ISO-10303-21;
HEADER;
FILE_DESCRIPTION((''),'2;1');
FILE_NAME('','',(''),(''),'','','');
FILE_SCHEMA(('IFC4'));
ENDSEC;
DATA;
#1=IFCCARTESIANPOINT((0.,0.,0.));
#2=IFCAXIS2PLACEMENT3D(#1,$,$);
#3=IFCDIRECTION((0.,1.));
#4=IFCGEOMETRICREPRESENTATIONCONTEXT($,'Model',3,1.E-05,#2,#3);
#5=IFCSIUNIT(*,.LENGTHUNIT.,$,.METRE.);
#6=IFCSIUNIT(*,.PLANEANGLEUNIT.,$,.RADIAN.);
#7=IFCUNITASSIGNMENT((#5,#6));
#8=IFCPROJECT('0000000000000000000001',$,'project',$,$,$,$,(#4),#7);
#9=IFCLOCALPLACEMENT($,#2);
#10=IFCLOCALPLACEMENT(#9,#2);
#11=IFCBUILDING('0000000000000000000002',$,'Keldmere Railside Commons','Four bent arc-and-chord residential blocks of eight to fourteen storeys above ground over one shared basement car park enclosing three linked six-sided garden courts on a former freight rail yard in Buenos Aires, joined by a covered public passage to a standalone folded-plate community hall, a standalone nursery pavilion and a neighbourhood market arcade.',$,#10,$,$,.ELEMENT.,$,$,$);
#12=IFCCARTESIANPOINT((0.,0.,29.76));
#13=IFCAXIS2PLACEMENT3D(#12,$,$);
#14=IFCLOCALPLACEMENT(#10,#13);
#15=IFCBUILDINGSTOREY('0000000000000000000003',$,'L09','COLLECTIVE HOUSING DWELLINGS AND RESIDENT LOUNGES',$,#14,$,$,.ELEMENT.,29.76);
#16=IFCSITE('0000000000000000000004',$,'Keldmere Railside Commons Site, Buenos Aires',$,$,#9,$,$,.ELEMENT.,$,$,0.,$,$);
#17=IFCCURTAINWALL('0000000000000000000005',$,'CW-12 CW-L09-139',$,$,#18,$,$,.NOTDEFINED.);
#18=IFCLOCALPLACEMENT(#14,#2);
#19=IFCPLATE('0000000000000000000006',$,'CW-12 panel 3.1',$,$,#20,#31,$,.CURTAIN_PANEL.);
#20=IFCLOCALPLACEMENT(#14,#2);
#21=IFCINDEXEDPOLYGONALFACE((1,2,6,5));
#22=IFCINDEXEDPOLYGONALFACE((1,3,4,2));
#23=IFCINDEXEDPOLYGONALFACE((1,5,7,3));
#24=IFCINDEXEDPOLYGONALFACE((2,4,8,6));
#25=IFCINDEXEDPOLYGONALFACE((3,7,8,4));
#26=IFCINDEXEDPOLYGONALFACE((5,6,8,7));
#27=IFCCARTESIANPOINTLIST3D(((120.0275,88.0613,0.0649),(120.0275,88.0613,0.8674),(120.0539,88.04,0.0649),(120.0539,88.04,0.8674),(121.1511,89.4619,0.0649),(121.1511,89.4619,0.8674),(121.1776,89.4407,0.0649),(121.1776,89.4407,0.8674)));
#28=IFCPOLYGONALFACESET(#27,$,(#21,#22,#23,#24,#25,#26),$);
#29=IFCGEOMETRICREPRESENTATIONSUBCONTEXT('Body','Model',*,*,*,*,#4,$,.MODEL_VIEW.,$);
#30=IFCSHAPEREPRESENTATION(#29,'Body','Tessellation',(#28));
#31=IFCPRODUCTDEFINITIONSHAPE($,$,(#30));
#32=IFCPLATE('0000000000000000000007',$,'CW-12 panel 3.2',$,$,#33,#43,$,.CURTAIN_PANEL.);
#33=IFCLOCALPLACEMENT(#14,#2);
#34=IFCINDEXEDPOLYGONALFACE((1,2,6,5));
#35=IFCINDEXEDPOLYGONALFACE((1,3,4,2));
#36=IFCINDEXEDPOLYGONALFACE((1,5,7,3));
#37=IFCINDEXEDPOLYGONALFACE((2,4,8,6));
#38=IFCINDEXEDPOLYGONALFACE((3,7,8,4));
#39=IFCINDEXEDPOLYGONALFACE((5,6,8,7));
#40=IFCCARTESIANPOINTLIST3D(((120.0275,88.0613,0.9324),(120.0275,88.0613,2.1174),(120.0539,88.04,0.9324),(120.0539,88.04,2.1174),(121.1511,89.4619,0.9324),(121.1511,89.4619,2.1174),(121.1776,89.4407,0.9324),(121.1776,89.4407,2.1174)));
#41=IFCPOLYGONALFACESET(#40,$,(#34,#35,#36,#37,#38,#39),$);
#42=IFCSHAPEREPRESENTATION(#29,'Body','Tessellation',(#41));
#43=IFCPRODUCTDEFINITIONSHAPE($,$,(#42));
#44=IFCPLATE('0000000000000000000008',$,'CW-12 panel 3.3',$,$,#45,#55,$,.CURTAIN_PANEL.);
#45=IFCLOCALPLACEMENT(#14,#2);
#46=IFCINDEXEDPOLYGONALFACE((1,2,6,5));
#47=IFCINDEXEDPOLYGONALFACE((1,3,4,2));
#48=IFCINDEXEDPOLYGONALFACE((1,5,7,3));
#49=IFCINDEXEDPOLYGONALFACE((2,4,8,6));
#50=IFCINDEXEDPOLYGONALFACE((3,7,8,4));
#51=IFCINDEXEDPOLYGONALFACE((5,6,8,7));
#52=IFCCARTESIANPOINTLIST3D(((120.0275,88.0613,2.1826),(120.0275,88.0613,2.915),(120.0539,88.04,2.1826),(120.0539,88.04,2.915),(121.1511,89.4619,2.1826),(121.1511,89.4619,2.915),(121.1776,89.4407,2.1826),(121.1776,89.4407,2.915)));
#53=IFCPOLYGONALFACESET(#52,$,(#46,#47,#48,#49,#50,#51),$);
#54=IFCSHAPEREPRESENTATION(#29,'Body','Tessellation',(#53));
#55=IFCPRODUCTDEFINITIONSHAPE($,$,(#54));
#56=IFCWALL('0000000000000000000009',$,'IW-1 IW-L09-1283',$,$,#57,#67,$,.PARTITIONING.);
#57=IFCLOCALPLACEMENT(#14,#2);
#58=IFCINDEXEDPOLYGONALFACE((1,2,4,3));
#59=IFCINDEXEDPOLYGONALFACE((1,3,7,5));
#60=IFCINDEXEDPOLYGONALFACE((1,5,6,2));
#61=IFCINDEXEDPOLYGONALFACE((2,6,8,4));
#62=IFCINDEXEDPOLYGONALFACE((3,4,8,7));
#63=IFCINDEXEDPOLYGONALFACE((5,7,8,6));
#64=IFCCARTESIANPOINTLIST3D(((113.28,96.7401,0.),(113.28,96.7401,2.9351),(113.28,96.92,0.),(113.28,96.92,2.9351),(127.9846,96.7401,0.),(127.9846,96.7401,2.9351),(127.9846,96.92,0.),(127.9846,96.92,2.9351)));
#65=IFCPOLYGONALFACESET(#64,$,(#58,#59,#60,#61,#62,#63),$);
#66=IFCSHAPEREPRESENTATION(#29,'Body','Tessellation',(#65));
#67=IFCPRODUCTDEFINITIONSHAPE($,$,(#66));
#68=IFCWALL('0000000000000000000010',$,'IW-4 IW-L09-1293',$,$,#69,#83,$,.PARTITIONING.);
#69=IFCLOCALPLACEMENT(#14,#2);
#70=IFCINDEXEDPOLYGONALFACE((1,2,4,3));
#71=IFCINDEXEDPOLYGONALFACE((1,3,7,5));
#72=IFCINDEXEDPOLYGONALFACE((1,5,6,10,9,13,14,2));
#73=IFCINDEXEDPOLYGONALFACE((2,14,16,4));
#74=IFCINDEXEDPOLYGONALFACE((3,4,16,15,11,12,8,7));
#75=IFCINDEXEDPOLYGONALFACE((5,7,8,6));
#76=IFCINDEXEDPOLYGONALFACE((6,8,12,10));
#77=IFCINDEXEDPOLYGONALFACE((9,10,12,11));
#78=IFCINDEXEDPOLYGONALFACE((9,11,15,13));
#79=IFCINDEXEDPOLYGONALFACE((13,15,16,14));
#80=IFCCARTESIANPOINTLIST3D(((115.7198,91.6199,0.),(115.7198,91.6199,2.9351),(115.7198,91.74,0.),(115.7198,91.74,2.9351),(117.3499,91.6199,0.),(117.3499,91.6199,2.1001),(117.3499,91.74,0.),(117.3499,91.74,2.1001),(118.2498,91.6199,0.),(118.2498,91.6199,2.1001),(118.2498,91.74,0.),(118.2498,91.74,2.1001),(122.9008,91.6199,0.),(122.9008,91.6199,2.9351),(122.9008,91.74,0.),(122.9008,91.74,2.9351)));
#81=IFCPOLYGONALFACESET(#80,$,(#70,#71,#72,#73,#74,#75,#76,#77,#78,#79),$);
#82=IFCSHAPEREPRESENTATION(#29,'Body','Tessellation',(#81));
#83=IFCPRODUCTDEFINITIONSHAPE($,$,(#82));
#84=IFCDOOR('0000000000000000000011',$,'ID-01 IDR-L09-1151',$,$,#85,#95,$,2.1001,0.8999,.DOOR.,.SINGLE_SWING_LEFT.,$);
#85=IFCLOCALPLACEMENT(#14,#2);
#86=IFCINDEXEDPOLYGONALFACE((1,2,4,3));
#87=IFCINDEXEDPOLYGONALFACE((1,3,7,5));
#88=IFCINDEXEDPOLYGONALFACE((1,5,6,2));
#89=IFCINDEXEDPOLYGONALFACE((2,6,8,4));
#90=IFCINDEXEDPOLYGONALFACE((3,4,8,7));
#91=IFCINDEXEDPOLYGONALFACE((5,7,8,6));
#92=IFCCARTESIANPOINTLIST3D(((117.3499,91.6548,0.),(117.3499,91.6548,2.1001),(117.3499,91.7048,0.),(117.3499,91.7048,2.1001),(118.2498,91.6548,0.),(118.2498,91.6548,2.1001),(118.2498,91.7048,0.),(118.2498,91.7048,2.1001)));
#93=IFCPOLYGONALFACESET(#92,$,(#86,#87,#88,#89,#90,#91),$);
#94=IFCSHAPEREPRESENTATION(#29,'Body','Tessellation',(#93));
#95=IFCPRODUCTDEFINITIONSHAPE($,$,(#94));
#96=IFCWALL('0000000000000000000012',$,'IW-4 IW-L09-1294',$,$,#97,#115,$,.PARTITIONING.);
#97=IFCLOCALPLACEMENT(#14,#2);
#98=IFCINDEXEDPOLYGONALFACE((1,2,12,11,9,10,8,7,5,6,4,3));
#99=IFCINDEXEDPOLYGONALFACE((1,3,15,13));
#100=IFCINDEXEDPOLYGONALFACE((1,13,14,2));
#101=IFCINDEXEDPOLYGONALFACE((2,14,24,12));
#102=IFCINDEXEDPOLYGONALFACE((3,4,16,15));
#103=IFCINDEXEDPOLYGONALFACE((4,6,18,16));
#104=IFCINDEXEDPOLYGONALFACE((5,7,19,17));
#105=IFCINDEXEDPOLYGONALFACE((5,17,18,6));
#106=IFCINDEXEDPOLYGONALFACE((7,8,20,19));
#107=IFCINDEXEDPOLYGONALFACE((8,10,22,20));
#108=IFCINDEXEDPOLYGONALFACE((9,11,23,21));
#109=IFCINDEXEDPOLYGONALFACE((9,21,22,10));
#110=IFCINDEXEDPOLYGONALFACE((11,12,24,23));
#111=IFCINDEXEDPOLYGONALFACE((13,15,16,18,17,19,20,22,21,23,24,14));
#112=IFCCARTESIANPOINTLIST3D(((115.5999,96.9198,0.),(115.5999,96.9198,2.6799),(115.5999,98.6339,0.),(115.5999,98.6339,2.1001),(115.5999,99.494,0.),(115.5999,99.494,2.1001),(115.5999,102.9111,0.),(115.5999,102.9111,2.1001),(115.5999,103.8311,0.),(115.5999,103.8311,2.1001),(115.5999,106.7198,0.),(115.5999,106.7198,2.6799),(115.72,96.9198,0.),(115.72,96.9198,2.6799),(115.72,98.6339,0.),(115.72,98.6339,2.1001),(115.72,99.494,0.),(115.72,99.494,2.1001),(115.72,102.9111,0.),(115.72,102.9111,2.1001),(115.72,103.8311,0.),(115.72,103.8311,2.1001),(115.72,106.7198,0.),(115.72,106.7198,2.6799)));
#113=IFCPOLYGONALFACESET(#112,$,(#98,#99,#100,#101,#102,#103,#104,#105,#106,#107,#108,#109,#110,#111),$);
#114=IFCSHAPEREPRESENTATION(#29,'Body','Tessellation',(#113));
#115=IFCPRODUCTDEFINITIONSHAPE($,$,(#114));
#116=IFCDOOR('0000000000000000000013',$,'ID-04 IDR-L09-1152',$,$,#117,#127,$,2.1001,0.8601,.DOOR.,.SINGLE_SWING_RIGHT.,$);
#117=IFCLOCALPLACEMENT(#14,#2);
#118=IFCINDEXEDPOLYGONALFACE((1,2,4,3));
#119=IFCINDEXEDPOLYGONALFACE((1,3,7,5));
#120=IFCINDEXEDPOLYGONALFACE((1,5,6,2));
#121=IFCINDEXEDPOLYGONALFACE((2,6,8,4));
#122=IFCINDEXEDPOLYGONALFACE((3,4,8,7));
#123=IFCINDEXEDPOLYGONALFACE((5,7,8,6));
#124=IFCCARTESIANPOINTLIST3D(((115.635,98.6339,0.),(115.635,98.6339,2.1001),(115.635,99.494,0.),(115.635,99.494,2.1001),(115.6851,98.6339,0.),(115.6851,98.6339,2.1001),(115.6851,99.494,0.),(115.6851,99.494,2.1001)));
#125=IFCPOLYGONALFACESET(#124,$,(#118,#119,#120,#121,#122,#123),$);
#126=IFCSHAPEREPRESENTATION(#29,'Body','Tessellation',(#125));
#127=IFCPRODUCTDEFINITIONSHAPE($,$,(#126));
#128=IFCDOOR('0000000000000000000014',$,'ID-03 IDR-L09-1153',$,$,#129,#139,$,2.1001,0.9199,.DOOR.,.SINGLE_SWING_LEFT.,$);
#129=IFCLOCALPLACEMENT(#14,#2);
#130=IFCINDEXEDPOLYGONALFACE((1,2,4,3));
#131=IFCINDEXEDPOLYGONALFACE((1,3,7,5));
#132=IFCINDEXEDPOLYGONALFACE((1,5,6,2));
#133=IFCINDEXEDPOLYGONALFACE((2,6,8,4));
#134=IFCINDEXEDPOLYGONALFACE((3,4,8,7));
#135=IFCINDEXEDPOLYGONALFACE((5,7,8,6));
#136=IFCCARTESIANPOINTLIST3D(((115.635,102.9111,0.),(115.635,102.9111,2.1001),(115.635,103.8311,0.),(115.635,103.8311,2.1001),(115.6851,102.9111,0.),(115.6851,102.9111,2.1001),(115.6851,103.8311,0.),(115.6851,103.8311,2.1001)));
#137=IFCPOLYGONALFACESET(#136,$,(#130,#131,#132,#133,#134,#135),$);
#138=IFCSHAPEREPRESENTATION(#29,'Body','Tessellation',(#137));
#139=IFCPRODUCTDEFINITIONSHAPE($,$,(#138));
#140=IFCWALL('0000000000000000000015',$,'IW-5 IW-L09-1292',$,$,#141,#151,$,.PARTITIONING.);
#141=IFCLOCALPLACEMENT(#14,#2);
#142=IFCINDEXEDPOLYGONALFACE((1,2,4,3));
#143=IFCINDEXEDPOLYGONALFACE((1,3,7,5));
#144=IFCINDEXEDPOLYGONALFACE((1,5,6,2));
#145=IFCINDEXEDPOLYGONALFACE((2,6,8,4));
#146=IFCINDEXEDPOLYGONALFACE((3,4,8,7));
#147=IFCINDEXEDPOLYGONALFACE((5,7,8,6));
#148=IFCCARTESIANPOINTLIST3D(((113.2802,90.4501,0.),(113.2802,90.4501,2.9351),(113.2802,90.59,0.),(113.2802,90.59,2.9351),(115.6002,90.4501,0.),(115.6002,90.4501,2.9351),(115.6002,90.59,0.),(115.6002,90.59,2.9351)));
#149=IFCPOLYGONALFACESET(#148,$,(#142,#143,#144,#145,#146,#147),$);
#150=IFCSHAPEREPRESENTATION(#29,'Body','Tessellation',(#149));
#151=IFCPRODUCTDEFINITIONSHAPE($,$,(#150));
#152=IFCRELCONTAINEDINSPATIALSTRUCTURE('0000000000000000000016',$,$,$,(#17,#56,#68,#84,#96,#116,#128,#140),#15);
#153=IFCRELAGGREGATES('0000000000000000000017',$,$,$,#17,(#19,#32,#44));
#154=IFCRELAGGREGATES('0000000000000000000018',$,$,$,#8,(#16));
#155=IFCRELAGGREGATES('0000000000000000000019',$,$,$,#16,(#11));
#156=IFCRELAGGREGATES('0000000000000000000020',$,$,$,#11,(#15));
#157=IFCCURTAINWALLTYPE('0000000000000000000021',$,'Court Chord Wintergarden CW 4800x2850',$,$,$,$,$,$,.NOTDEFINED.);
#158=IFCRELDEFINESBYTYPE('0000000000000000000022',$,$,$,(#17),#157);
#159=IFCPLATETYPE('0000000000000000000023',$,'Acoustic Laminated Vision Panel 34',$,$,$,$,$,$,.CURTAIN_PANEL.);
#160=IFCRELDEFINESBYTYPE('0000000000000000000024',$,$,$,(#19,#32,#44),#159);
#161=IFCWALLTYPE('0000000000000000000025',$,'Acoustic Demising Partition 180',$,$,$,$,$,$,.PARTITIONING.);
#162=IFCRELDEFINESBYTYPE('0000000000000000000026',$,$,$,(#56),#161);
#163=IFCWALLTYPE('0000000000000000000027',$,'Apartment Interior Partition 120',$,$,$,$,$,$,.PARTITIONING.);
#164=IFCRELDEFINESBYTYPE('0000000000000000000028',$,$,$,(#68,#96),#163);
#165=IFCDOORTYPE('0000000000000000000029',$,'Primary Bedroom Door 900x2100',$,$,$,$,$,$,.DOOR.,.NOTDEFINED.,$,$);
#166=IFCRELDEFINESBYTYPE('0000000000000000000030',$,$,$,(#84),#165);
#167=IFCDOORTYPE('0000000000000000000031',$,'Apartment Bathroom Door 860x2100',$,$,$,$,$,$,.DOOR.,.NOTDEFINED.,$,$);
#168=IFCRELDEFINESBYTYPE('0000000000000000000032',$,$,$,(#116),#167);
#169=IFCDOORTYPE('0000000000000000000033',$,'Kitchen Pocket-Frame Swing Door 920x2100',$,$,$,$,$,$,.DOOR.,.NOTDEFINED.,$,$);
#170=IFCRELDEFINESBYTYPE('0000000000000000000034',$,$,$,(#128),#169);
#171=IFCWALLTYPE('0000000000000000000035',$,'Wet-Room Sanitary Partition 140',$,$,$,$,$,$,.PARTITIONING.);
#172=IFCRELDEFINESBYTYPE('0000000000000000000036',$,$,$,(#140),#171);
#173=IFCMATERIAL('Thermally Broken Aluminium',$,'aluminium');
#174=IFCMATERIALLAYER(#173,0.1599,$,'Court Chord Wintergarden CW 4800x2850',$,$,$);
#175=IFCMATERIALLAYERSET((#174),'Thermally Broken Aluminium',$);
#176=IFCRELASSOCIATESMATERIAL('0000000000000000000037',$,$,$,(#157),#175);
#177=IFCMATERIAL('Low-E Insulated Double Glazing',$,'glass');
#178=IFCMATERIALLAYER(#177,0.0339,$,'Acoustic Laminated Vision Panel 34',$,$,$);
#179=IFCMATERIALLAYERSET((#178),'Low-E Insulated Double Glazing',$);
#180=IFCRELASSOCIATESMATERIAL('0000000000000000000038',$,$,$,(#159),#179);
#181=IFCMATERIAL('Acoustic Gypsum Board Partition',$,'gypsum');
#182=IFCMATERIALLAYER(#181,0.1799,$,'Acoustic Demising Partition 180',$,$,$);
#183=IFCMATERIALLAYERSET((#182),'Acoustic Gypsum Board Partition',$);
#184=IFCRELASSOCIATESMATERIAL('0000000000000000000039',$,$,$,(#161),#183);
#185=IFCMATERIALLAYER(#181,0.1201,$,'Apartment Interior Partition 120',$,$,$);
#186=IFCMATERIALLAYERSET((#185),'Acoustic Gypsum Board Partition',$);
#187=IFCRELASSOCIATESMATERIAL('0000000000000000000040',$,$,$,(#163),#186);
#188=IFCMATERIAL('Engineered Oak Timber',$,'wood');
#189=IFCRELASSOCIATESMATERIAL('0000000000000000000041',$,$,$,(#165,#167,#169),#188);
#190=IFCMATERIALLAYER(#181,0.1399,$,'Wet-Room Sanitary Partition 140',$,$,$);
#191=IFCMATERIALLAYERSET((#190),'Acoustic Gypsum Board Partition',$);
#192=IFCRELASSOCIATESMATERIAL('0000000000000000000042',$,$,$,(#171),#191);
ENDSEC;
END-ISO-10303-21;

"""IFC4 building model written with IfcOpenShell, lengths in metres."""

from ifc_helpers import new_model, si_unit, direction, frame, frame_2d, origin, origin_2d, place, context, subcontext, project, spatial, rectangle, extrude, material, layer, layer_set, type_object, element, fill, aggregate, save


model = new_model("IFC4")

# Units and contexts
model_context = context("Model", 3, precision=1e-05, world=origin(), true_north=direction((0.0, 1.0)))
body_context = subcontext(model_context, "Body", "Model", "MODEL_VIEW")
ifc_project = project(units=[si_unit("LENGTHUNIT", "METRE"), si_unit("PLANEANGLEUNIT", "RADIAN")], contexts=[model_context])

# Site, building, storey
site_placement = place(None, origin())
site = spatial("IfcSite", under=ifc_project, at=site_placement, Name="Keldmere Railside Commons Site, Buenos Aires", CompositionType="ELEMENT", RefElevation=0.0)
building_placement = place(site_placement, origin())
building = spatial("IfcBuilding", under=site, at=building_placement, Name="Keldmere Railside Commons", Description="Four bent arc-and-chord residential blocks of eight to fourteen storeys above ground over one shared basement car park enclosing three linked six-sided garden courts on a former freight rail yard in Buenos Aires, joined by a covered public passage to a standalone folded-plate community hall, a standalone nursery pavilion and a neighbourhood market arcade.", CompositionType="ELEMENT")
storey_placement = place(building_placement, frame((0.0, 0.0, 29.76)))
storey = spatial("IfcBuildingStorey", under=building, at=storey_placement, Name="L09", Description="COLLECTIVE HOUSING DWELLINGS AND RESIDENT LOUNGES", CompositionType="ELEMENT", Elevation=29.76)

# Curtain wall, plates
ifc_material_1 = material(Name="Thermally Broken Aluminium", Category="aluminium")
ifc_layer_1 = layer(ifc_material_1, 0.1599, Name="Court Chord Wintergarden CW 4800x2850")
ifc_layer_set_1 = layer_set([ifc_layer_1], Name="Thermally Broken Aluminium")
curtain_wall_type = type_object("IfcCurtainWallType", Name="Court Chord Wintergarden CW 4800x2850", PredefinedType="NOTDEFINED", material=ifc_layer_set_1)
curtain_wall_placement = place(storey_placement, origin())
curtain_wall = element("IfcCurtainWall", 1, at=curtain_wall_placement, inside=storey, type_object=curtain_wall_type, Name="CW-12 CW-L09-139", PredefinedType="NOTDEFINED")
ifc_material_2 = material(Name="Low-E Insulated Double Glazing", Category="glass")
ifc_layer_2 = layer(ifc_material_2, 0.0339, Name="Acoustic Laminated Vision Panel 34")
ifc_layer_set_2 = layer_set([ifc_layer_2], Name="Low-E Insulated Double Glazing")
plate_type = type_object("IfcPlateType", Name="Acoustic Laminated Vision Panel 34", PredefinedType="CURTAIN_PANEL", material=ifc_layer_set_2)
plate_1_placement = place(storey_placement, frame((120.6025, 88.751, 0.0649), z_axis=(0.0, 0.0, 1.0), x_axis=(-0.625768, -0.780009, 0.0)))
plate_1 = element("IfcPlate", 2, at=plate_1_placement, type_object=plate_type, Name="CW-12 panel 3.1", PredefinedType="CURTAIN_PANEL", context=body_context, shape_type="SweptSolid", body=[
    extrude(rectangle(XDim=1.7957, YDim=0.0339, at=origin_2d()), origin(), (0.0, 0.0, 1.0), 0.8025),
])
plate_2_placement = place(storey_placement, frame((120.6025, 88.751, 0.9324), z_axis=(0.0, 0.0, 1.0), x_axis=(-0.625768, -0.780009, 0.0)))
plate_2 = element("IfcPlate", 3, at=plate_2_placement, type_object=plate_type, Name="CW-12 panel 3.2", PredefinedType="CURTAIN_PANEL", context=body_context, shape_type="SweptSolid", body=[
    extrude(rectangle(XDim=1.7957, YDim=0.0339, at=origin_2d()), origin(), (0.0, 0.0, 1.0), 1.1851),
])
plate_3_placement = place(storey_placement, frame((120.6025, 88.751, 2.1826), z_axis=(0.0, 0.0, 1.0), x_axis=(-0.625768, -0.780009, 0.0)))
plate_3 = element("IfcPlate", 4, at=plate_3_placement, type_object=plate_type, Name="CW-12 panel 3.3", PredefinedType="CURTAIN_PANEL", context=body_context, shape_type="SweptSolid", body=[
    extrude(rectangle(XDim=1.7957, YDim=0.0339, at=origin_2d()), origin(), (0.0, 0.0, 1.0), 0.7324),
])
aggregate(curtain_wall, [plate_1, plate_2, plate_3])

# Wall
ifc_material_3 = material(Name="Acoustic Gypsum Board Partition", Category="gypsum")
ifc_layer_3 = layer(ifc_material_3, 0.1799, Name="Acoustic Demising Partition 180")
ifc_layer_set_3 = layer_set([ifc_layer_3], Name="Acoustic Gypsum Board Partition")
wall_type_1 = type_object("IfcWallType", Name="Acoustic Demising Partition 180", PredefinedType="PARTITIONING", material=ifc_layer_set_3)
wall_1_placement = place(storey_placement, frame((113.28, 96.8301, 0.0), z_axis=(0.0, 0.0, 1.0), x_axis=(1.0, 0.0, 0.0)))
element("IfcWall", 5, at=wall_1_placement, inside=storey, type_object=wall_type_1, Name="IW-1 IW-L09-1283", PredefinedType="PARTITIONING", context=body_context, shape_type="SweptSolid", body=[
    extrude(rectangle(XDim=14.7046, YDim=0.1799, at=frame_2d((7.3523, 0.0))), origin(), (0.0, 0.0, 1.0), 2.9351),
])

# Wall, opening, door
ifc_layer_4 = layer(ifc_material_3, 0.1201, Name="Apartment Interior Partition 120")
ifc_layer_set_4 = layer_set([ifc_layer_4], Name="Acoustic Gypsum Board Partition")
wall_type_2 = type_object("IfcWallType", Name="Apartment Interior Partition 120", PredefinedType="PARTITIONING", material=ifc_layer_set_4)
wall_2_placement = place(storey_placement, frame((115.72, 91.6799, 0.0), z_axis=(0.0, 0.0, 1.0), x_axis=(1.0, 0.0, 0.0)))
wall_2 = element("IfcWall", 6, at=wall_2_placement, inside=storey, type_object=wall_type_2, Name="IW-4 IW-L09-1293", PredefinedType="PARTITIONING", context=body_context, shape_type="SweptSolid", body=[
    extrude(rectangle(XDim=7.1809, YDim=0.1201, at=frame_2d((3.5903, 0.0))), origin(), (0.0, 0.0, 1.0), 2.9351),
])
opening_1_placement = place(wall_2_placement, frame((1.6299, 0.0, 0.0)))
opening_1 = element("IfcOpeningElement", 7, at=opening_1_placement, cuts=wall_2, PredefinedType="OPENING", context=body_context, shape_type="SweptSolid", body=[
    extrude(rectangle(XDim=0.8999, YDim=2.1001, at=frame_2d((0.45, 1.05))), frame((0.0, 0.0701, 0.0), z_axis=(0.0, -1.0, 0.0), x_axis=(1.0, 0.0, 0.0)), (0.0, 0.0, 1.0), 0.1401),
])
ifc_material_4 = material(Name="Engineered Oak Timber", Category="wood")
door_type_1 = type_object("IfcDoorType", Name="Primary Bedroom Door 900x2100", OperationType="NOTDEFINED", PredefinedType="DOOR", material=ifc_material_4)
door_1_placement = place(opening_1_placement, origin())
door_1 = element("IfcDoor", 8, at=door_1_placement, inside=storey, type_object=door_type_1, Name="ID-01 IDR-L09-1151", OperationType="SINGLE_SWING_LEFT", OverallHeight=2.1001, OverallWidth=0.8999, PredefinedType="DOOR", context=body_context, shape_type="SweptSolid", body=[
    extrude(rectangle(XDim=0.8999, YDim=2.1001, at=frame_2d((0.45, 1.05))), frame((0.0, 0.0249, 0.0), z_axis=(0.0, -1.0, 0.0), x_axis=(1.0, 0.0, 0.0)), (0.0, 0.0, 1.0), 0.05),
])
fill(opening_1, door_1)

# Wall, openings, doors
wall_3_placement = place(storey_placement, frame((115.6599, 96.9199, 0.0), z_axis=(0.0, 0.0, 1.0), x_axis=(0.0, 1.0, 0.0)))
wall_3 = element("IfcWall", 9, at=wall_3_placement, inside=storey, type_object=wall_type_2, Name="IW-4 IW-L09-1294", PredefinedType="PARTITIONING", context=body_context, shape_type="SweptSolid", body=[
    extrude(rectangle(XDim=9.8, YDim=0.1201, at=frame_2d((4.8999, 0.0))), origin(), (0.0, 0.0, 1.0), 2.6799),
])
opening_2_placement = place(wall_3_placement, frame((1.7139, 0.0, 0.0)))
opening_2 = element("IfcOpeningElement", 10, at=opening_2_placement, cuts=wall_3, PredefinedType="OPENING", context=body_context, shape_type="SweptSolid", body=[
    extrude(rectangle(XDim=0.8601, YDim=2.1001, at=frame_2d((0.4302, 1.05))), frame((0.0, 0.0701, 0.0), z_axis=(0.0, -1.0, 0.0), x_axis=(1.0, 0.0, 0.0)), (0.0, 0.0, 1.0), 0.1401),
])
opening_3_placement = place(wall_3_placement, frame((5.9912, 0.0, 0.0)))
opening_3 = element("IfcOpeningElement", 11, at=opening_3_placement, cuts=wall_3, PredefinedType="OPENING", context=body_context, shape_type="SweptSolid", body=[
    extrude(rectangle(XDim=0.9199, YDim=2.1001, at=frame_2d((0.46, 1.05))), frame((0.0, 0.0701, 0.0), z_axis=(0.0, -1.0, 0.0), x_axis=(1.0, 0.0, 0.0)), (0.0, 0.0, 1.0), 0.1401),
])
door_type_2 = type_object("IfcDoorType", Name="Apartment Bathroom Door 860x2100", OperationType="NOTDEFINED", PredefinedType="DOOR", material=ifc_material_4)
door_2_placement = place(opening_2_placement, origin())
door_2 = element("IfcDoor", 12, at=door_2_placement, inside=storey, type_object=door_type_2, Name="ID-04 IDR-L09-1152", OperationType="SINGLE_SWING_RIGHT", OverallHeight=2.1001, OverallWidth=0.8601, PredefinedType="DOOR", context=body_context, shape_type="SweptSolid", body=[
    extrude(rectangle(XDim=0.8601, YDim=2.1001, at=frame_2d((0.4302, 1.05))), frame((0.0, 0.0249, 0.0), z_axis=(0.0, -1.0, 0.0), x_axis=(1.0, 0.0, 0.0)), (0.0, 0.0, 1.0), 0.05),
])
fill(opening_2, door_2)
door_type_3 = type_object("IfcDoorType", Name="Kitchen Pocket-Frame Swing Door 920x2100", OperationType="NOTDEFINED", PredefinedType="DOOR", material=ifc_material_4)
door_3_placement = place(opening_3_placement, origin())
door_3 = element("IfcDoor", 13, at=door_3_placement, inside=storey, type_object=door_type_3, Name="ID-03 IDR-L09-1153", OperationType="SINGLE_SWING_LEFT", OverallHeight=2.1001, OverallWidth=0.9199, PredefinedType="DOOR", context=body_context, shape_type="SweptSolid", body=[
    extrude(rectangle(XDim=0.9199, YDim=2.1001, at=frame_2d((0.46, 1.05))), frame((0.0, 0.0249, 0.0), z_axis=(0.0, -1.0, 0.0), x_axis=(1.0, 0.0, 0.0)), (0.0, 0.0, 1.0), 0.05),
])
fill(opening_3, door_3)

# Wall
ifc_layer_5 = layer(ifc_material_3, 0.1399, Name="Wet-Room Sanitary Partition 140")
ifc_layer_set_5 = layer_set([ifc_layer_5], Name="Acoustic Gypsum Board Partition")
wall_type_3 = type_object("IfcWallType", Name="Wet-Room Sanitary Partition 140", PredefinedType="PARTITIONING", material=ifc_layer_set_5)
wall_4_placement = place(storey_placement, frame((113.28, 90.52, 0.0), z_axis=(0.0, 0.0, 1.0), x_axis=(1.0, 0.0, 0.0)))
element("IfcWall", 14, at=wall_4_placement, inside=storey, type_object=wall_type_3, Name="IW-5 IW-L09-1292", PredefinedType="PARTITIONING", context=body_context, shape_type="SweptSolid", body=[
    extrude(rectangle(XDim=2.3201, YDim=0.1399, at=frame_2d((1.1602, 0.0))), origin(), (0.0, 0.0, 1.0), 2.9351),
])

save(model, "model.ifc")
